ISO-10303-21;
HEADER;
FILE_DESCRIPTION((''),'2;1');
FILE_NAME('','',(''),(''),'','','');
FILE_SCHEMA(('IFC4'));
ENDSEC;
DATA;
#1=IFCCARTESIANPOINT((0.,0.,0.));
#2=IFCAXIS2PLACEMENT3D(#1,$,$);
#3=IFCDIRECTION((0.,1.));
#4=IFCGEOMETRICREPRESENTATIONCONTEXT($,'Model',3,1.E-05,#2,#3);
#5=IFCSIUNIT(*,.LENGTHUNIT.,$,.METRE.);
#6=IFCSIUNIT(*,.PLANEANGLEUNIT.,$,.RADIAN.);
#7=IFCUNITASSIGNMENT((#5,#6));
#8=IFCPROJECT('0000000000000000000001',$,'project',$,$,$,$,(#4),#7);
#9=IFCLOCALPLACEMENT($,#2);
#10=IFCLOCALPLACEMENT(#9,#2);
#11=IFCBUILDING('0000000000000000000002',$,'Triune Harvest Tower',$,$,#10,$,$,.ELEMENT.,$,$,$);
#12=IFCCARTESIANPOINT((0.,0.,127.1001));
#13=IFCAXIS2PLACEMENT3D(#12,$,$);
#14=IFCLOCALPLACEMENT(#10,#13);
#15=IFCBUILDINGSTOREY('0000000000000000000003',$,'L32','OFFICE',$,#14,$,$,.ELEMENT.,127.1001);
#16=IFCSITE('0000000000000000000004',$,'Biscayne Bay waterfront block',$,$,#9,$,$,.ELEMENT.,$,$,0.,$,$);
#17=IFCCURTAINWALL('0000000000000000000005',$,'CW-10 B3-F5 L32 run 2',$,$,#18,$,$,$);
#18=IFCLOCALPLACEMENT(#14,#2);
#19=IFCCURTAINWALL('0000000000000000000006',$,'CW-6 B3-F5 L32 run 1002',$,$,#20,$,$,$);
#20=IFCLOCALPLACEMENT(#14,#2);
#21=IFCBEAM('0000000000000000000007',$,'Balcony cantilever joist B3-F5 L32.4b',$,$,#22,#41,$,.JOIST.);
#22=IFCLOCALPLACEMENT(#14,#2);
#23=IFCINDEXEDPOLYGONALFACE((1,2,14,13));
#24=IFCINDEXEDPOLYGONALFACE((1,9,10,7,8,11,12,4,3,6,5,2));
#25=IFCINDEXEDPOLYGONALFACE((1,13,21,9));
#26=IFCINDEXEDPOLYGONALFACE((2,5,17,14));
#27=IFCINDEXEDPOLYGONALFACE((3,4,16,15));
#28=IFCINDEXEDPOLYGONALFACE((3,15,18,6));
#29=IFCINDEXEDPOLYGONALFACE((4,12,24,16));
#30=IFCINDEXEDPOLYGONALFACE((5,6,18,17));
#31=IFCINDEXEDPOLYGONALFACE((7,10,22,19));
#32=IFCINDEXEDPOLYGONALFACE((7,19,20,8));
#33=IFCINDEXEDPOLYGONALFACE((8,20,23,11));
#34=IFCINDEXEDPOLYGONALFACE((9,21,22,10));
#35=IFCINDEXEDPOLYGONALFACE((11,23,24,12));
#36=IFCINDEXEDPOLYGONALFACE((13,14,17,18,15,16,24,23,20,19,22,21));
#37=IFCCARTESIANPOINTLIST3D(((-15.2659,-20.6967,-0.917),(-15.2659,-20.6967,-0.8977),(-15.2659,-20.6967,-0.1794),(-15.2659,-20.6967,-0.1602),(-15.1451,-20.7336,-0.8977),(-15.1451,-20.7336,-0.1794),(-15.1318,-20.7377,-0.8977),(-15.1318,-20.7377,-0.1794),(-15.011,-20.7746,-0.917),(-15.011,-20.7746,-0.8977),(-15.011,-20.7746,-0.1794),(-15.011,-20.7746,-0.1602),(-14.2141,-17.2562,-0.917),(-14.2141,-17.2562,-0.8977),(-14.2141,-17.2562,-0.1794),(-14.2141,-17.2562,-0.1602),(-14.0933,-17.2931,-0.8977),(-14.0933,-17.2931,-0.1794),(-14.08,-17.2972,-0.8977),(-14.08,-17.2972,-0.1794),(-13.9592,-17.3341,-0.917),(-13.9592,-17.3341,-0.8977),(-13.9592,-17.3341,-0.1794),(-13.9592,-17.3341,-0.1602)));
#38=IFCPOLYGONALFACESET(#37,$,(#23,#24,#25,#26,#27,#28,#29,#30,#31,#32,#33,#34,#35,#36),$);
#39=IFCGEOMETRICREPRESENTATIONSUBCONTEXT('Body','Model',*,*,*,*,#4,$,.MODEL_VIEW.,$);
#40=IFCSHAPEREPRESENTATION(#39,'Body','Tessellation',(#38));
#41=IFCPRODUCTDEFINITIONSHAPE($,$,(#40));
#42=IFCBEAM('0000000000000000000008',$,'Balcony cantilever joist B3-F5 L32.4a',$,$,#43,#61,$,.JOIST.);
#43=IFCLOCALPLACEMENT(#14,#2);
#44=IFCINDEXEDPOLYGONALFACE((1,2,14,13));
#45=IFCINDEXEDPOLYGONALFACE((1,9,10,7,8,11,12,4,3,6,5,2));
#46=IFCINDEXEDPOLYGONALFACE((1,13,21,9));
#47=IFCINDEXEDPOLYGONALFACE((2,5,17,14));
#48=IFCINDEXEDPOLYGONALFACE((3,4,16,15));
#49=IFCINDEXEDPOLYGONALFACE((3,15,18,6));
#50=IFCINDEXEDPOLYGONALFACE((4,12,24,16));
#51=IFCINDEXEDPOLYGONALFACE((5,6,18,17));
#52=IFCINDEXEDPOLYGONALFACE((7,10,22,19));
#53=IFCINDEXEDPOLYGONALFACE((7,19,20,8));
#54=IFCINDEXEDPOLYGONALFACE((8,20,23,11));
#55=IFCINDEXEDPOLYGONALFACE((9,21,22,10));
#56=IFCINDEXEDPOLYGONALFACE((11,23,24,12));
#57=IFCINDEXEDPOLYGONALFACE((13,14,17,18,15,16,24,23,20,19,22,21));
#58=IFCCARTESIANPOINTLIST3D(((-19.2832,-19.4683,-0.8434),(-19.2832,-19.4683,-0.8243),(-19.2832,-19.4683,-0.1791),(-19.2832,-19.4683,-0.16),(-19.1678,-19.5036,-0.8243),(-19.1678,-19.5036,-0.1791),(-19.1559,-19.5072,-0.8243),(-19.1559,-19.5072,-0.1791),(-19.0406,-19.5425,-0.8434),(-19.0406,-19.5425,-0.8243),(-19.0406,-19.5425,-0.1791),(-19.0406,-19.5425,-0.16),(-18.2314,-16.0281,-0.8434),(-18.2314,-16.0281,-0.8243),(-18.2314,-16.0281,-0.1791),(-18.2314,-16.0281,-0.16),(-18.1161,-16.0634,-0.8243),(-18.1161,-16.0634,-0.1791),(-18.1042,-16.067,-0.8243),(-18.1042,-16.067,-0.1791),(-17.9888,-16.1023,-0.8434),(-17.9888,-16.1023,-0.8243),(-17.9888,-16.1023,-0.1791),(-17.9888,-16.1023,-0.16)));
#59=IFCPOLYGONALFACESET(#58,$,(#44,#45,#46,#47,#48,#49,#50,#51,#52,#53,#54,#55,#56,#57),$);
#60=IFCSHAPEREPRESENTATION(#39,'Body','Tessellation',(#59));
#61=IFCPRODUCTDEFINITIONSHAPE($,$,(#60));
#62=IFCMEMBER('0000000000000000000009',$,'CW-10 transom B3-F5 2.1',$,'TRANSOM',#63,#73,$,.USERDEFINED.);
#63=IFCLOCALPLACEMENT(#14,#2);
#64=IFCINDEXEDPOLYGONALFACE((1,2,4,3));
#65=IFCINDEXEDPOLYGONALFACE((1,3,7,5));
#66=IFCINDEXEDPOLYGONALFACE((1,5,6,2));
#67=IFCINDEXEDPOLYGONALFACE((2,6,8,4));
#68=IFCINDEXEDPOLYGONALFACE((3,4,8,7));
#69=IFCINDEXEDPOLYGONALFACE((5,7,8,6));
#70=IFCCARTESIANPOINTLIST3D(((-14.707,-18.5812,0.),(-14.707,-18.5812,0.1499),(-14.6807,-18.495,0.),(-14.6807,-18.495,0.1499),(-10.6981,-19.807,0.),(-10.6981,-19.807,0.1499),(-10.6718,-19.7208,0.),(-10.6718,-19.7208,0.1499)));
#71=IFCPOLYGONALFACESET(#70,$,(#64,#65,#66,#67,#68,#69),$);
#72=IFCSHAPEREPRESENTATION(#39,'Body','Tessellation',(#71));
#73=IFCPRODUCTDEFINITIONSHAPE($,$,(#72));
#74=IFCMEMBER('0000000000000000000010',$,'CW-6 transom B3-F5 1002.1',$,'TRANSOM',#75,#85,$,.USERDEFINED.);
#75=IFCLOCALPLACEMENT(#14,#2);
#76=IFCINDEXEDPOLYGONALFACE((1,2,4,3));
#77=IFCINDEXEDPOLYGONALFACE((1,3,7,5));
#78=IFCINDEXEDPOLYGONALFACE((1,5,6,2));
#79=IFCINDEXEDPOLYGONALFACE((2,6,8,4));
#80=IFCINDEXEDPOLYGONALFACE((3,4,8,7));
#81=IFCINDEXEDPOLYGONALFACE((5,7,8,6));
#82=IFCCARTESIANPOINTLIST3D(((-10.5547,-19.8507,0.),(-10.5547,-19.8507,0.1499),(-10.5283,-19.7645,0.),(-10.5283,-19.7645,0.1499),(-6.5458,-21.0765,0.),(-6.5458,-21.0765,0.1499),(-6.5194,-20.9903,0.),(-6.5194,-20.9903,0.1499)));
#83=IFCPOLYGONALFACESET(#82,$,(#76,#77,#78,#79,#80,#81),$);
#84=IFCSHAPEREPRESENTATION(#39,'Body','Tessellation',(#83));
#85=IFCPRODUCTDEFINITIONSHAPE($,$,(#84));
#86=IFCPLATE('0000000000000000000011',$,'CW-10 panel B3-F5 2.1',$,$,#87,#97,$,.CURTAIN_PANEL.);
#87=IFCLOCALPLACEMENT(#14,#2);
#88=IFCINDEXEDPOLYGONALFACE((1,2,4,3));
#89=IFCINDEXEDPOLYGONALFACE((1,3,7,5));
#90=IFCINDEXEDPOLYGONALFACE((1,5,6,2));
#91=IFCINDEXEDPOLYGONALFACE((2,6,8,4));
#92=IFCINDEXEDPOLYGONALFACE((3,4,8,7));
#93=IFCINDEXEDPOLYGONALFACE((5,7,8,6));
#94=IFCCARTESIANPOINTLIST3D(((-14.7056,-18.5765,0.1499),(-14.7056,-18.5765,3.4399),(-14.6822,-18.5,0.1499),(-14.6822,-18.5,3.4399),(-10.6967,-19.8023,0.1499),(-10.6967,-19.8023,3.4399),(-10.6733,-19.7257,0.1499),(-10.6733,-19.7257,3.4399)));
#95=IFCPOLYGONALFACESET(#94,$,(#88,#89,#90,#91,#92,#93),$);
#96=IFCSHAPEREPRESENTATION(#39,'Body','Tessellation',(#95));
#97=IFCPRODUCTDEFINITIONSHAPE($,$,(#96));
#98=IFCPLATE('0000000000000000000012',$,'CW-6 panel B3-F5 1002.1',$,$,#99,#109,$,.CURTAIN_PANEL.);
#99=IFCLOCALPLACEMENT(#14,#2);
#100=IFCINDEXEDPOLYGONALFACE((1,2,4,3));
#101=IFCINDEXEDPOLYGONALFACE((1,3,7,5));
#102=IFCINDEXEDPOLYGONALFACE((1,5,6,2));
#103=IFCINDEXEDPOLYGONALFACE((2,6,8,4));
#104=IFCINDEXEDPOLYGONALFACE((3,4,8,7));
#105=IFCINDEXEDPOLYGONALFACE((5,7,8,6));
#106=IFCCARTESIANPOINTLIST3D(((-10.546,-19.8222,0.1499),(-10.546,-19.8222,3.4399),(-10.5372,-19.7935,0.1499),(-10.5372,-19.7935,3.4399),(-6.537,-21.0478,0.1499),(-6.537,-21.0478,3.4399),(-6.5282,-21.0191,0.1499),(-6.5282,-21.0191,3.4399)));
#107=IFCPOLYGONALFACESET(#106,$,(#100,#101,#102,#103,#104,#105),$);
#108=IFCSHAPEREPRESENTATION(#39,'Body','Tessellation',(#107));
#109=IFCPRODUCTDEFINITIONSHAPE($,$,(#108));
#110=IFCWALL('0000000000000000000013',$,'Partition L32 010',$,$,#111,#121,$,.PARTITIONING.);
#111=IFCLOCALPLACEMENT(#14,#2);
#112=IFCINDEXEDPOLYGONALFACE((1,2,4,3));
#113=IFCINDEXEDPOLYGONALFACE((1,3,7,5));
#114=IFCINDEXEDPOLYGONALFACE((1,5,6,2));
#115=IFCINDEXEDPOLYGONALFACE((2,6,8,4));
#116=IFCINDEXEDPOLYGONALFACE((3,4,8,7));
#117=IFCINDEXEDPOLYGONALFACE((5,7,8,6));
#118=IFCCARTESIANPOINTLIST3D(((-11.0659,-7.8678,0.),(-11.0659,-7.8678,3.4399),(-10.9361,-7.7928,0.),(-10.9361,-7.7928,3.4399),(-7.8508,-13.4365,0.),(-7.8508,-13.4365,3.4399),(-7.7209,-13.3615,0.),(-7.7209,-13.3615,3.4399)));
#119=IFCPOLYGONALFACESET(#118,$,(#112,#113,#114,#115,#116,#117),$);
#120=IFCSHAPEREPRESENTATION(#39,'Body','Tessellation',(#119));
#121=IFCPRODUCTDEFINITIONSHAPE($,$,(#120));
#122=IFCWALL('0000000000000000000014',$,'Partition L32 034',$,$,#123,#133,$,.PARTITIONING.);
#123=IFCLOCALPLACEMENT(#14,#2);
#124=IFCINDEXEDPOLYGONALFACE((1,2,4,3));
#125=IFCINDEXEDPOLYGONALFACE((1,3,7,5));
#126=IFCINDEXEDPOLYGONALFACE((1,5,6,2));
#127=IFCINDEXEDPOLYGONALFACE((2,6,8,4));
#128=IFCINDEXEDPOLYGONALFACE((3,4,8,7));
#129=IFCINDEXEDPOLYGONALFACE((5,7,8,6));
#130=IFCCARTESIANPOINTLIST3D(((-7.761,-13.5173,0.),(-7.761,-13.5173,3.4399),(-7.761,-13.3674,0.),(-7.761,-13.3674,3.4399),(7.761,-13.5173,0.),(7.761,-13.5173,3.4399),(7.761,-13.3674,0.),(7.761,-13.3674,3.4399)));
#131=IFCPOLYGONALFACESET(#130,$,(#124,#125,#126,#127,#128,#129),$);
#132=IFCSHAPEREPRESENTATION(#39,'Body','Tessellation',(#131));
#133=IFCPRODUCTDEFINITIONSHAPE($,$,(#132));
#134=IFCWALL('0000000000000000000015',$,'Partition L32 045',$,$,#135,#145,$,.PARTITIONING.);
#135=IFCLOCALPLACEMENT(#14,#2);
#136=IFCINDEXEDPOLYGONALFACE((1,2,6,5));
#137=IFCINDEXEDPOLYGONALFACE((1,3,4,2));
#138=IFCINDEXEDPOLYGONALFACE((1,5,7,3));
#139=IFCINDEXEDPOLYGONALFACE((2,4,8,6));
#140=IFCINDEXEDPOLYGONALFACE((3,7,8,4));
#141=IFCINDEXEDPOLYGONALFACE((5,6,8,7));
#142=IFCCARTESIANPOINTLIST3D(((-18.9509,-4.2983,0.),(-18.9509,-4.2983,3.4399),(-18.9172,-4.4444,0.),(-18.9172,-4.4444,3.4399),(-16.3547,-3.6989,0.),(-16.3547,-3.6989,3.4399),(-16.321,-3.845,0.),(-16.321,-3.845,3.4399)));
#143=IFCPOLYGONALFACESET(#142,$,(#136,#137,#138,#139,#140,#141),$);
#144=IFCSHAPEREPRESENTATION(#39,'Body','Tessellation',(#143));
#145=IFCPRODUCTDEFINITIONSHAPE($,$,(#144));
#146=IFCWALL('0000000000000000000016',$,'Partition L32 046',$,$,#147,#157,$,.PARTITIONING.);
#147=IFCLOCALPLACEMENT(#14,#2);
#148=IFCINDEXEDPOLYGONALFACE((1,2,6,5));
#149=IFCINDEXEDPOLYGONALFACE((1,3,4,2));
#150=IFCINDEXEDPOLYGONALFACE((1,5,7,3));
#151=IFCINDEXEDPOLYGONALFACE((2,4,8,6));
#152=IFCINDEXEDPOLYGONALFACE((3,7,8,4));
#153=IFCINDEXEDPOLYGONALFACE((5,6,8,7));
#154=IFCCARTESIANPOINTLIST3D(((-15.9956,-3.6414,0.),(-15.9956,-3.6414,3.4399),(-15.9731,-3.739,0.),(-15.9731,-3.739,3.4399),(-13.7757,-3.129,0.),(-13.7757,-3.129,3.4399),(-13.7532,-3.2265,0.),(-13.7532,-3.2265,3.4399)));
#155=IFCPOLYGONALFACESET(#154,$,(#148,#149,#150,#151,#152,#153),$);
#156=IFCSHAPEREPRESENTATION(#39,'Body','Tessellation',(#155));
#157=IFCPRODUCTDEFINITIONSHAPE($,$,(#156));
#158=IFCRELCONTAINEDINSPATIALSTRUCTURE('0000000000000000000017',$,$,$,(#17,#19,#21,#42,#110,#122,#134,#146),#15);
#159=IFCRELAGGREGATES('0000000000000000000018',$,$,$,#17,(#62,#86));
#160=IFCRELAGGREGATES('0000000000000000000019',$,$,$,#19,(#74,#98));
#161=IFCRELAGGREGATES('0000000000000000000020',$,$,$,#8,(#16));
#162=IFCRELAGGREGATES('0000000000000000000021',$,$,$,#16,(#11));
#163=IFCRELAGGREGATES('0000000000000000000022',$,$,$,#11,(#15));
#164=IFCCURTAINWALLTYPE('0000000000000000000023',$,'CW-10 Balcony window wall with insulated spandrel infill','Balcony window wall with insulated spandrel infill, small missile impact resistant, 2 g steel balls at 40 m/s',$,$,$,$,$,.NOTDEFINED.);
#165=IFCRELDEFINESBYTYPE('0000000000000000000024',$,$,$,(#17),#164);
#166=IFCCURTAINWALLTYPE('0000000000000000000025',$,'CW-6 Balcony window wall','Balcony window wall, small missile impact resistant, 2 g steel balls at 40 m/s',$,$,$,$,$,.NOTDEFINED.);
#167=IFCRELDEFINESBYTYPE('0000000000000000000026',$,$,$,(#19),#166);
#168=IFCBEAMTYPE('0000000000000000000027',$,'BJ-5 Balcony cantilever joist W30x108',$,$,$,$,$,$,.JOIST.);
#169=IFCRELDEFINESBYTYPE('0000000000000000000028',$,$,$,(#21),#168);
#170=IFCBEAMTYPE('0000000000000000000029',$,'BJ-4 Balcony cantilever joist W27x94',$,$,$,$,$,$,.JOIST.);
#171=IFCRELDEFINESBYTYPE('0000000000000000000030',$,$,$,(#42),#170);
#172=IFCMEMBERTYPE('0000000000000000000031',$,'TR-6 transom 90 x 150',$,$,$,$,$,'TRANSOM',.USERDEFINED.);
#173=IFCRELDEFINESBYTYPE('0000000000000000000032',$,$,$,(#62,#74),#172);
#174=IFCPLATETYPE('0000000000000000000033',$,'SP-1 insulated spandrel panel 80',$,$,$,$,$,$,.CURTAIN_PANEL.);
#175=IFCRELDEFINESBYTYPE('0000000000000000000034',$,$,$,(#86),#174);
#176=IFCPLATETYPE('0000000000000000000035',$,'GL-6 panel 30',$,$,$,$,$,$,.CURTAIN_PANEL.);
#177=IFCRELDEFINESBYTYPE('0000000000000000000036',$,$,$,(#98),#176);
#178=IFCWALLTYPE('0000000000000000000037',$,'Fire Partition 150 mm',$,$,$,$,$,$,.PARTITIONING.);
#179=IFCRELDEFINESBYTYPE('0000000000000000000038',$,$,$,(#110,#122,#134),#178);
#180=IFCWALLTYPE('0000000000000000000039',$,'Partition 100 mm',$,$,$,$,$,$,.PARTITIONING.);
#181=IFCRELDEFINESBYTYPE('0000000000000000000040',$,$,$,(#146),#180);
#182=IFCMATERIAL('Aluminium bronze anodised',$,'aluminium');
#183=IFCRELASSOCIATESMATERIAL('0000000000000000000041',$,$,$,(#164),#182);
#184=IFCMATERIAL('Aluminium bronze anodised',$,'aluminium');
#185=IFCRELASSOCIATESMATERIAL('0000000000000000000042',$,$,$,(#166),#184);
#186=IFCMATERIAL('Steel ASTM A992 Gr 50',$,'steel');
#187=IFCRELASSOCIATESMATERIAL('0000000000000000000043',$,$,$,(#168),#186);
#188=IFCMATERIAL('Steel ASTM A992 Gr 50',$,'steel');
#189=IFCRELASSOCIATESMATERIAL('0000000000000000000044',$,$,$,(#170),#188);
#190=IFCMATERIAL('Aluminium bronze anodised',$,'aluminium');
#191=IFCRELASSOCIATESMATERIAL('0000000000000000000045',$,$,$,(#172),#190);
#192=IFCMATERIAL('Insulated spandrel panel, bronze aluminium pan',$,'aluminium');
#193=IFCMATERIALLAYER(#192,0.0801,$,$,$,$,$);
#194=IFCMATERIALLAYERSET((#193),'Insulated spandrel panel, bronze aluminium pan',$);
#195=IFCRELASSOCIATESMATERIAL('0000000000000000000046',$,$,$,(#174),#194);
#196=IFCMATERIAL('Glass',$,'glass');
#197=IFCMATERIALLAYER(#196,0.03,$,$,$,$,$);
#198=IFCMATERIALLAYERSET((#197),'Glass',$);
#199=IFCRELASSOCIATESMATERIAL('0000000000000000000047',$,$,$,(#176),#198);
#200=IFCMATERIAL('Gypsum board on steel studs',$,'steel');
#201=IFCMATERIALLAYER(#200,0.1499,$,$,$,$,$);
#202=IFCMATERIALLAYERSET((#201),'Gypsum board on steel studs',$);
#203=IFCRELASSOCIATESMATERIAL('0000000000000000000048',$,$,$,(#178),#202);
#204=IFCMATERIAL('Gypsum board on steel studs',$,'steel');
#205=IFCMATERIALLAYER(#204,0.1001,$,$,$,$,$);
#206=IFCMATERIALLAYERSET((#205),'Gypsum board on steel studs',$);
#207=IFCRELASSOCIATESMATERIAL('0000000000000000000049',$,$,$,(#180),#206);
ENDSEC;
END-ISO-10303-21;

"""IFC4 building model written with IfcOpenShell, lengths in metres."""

from ifc_helpers import new_model, si_unit, direction, frame, frame_2d, origin, origin_2d, place, context, subcontext, project, spatial, rectangle, i_section, extrude, source, transform, mapped, material, layer, layer_set, material_profile, profile_set, type_object, element, aggregate, save


model = new_model("IFC4")

# Units and contexts
model_context = context("Model", 3, precision=1e-05, world=origin(), true_north=direction((0.0, 1.0)))
body_context = subcontext(model_context, "Body", "Model", "MODEL_VIEW")
ifc_project = project(units=[si_unit("LENGTHUNIT", "METRE"), si_unit("PLANEANGLEUNIT", "RADIAN")], contexts=[model_context])

# Site, building, storey
site_placement = place(None, origin())
site = spatial("IfcSite", under=ifc_project, at=site_placement, Name="Biscayne Bay waterfront block", CompositionType="ELEMENT", RefElevation=0.0)
building_placement = place(site_placement, origin())
building = spatial("IfcBuilding", under=site, at=building_placement, Name="Triune Harvest Tower", CompositionType="ELEMENT")
storey_placement = place(building_placement, frame((0.0, 0.0, 127.1001)))
storey = spatial("IfcBuildingStorey", under=building, at=storey_placement, Name="L32", Description="OFFICE", CompositionType="ELEMENT", Elevation=127.1001)

# Shared definitions
ifc_material_1 = material(Name="Aluminium bronze anodised", Category="aluminium")
curtain_wall_type_1 = type_object("IfcCurtainWallType", Name="CW-10 Balcony window wall with insulated spandrel infill", Description="Balcony window wall with insulated spandrel infill, small missile impact resistant, 2 g steel balls at 40 m/s", PredefinedType="NOTDEFINED", material=ifc_material_1)

# Curtain wall
curtain_wall_1_placement = place(storey_placement, origin())
curtain_wall_1 = element("IfcCurtainWall", 1, at=curtain_wall_1_placement, inside=storey, type_object=curtain_wall_type_1, Name="CW-10 B3-F5 L32 run 2")

# Curtain wall
ifc_material_2 = material(Name="Aluminium bronze anodised", Category="aluminium")
curtain_wall_type_2 = type_object("IfcCurtainWallType", Name="CW-6 Balcony window wall", Description="Balcony window wall, small missile impact resistant, 2 g steel balls at 40 m/s", PredefinedType="NOTDEFINED", material=ifc_material_2)
curtain_wall_2_placement = place(storey_placement, origin())
curtain_wall_2 = element("IfcCurtainWall", 2, at=curtain_wall_2_placement, inside=storey, type_object=curtain_wall_type_2, Name="CW-6 B3-F5 L32 run 1002")

# Beams
ifc_material_3 = material(Name="Steel ASTM A992 Gr 50", Category="steel")
ifc_material_profile_1 = material_profile(ifc_material_3, i_section(OverallWidth=0.2666, OverallDepth=0.7568, WebThickness=0.0139, FlangeThickness=0.0193, at=origin_2d()), Name="W30x108")
ifc_profile_set_1 = profile_set([ifc_material_profile_1], Name="Steel ASTM A992 Gr 50")
beam_type_1 = type_object("IfcBeamType", Name="BJ-5 Balcony cantilever joist W30x108", PredefinedType="JOIST", material=ifc_profile_set_1)
shared_shape_1 = source(origin(), body_context, "Body", "SweptSolid", [
    extrude(i_section(OverallWidth=0.2666, OverallDepth=0.7568, WebThickness=0.0139, FlangeThickness=0.0193, at=origin_2d()), origin(), (0.0, 0.0, 1.0), 3.5977),
])
beam_1_placement = place(storey_placement, frame((-14.0867, -17.2952, -0.5386), z_axis=(-0.29235, -0.956312, 0.0), x_axis=(0.956312, -0.29235, 0.0)))
element("IfcBeam", 3, at=beam_1_placement, inside=storey, type_object=beam_type_1, Name="Balcony cantilever joist B3-F5 L32.4b", PredefinedType="JOIST", context=body_context, shape_type="MappedRepresentation", body=[
    mapped(shared_shape_1, transform((0.0, 0.0, 0.0), scale=1.0)),
])
ifc_material_4 = material(Name="Steel ASTM A992 Gr 50", Category="steel")
ifc_material_profile_2 = material_profile(ifc_material_4, i_section(OverallWidth=0.2537, OverallDepth=0.6833, WebThickness=0.0125, FlangeThickness=0.019, at=origin_2d()), Name="W27x94")
ifc_profile_set_2 = profile_set([ifc_material_profile_2], Name="Steel ASTM A992 Gr 50")
beam_type_2 = type_object("IfcBeamType", Name="BJ-4 Balcony cantilever joist W27x94", PredefinedType="JOIST", material=ifc_profile_set_2)
shared_shape_2 = source(origin(), body_context, "Body", "SweptSolid", [
    extrude(i_section(OverallWidth=0.2537, OverallDepth=0.6833, WebThickness=0.0125, FlangeThickness=0.019, at=origin_2d()), origin(), (0.0, 0.0, 1.0), 3.5974),
])
beam_2_placement = place(storey_placement, frame((-18.1101, -16.0652, -0.5017), z_axis=(-0.292369, -0.956306, 0.0), x_axis=(0.956306, -0.292369, 0.0)))
element("IfcBeam", 4, at=beam_2_placement, inside=storey, type_object=beam_type_2, Name="Balcony cantilever joist B3-F5 L32.4a", PredefinedType="JOIST", context=body_context, shape_type="MappedRepresentation", body=[
    mapped(shared_shape_2, transform((0.0, 0.0, 0.0), scale=1.0)),
])

# Members
ifc_material_5 = material(Name="Aluminium bronze anodised", Category="aluminium")
ifc_material_profile_3 = material_profile(ifc_material_5, rectangle(XDim=0.0901, YDim=0.1499, at=origin_2d()), Name="TR-6 transom 90 x 150")
ifc_profile_set_3 = profile_set([ifc_material_profile_3], Name="Aluminium bronze anodised")
member_type_1 = type_object("IfcMemberType", Name="TR-6 transom 90 x 150", ElementType="TRANSOM", PredefinedType="USERDEFINED", material=ifc_profile_set_3)
shared_shape_3 = source(origin(), body_context, "Body", "SweptSolid", [
    extrude(rectangle(XDim=0.0901, YDim=0.1499, at=origin_2d()), origin(), (0.0, 0.0, 1.0), 4.1921),
])
member_1_placement = place(storey_placement, frame((-14.6938, -18.5381, 0.075), z_axis=(0.956295, -0.292403, 0.0), x_axis=(0.292403, 0.956295, 0.0)))
member_1 = element("IfcMember", 5, at=member_1_placement, type_object=member_type_1, Name="CW-10 transom B3-F5 2.1", ObjectType="TRANSOM", PredefinedType="USERDEFINED", context=body_context, shape_type="MappedRepresentation", body=[
    mapped(shared_shape_3, transform((0.0, 0.0, 0.0), scale=1.0)),
])
member_2_placement = place(storey_placement, frame((-10.5415, -19.8076, 0.075), z_axis=(0.956295, -0.292403, 0.0), x_axis=(0.292403, 0.956295, 0.0)))
member_2 = element("IfcMember", 6, at=member_2_placement, type_object=member_type_1, Name="CW-6 transom B3-F5 1002.1", ObjectType="TRANSOM", PredefinedType="USERDEFINED", context=body_context, shape_type="MappedRepresentation", body=[
    mapped(shared_shape_3, transform((0.0, 0.0, 0.0), scale=1.0)),
])

# Plates
ifc_material_6 = material(Name="Insulated spandrel panel, bronze aluminium pan", Category="aluminium")
ifc_layer_1 = layer(ifc_material_6, 0.0801)
ifc_layer_set_1 = layer_set([ifc_layer_1], Name="Insulated spandrel panel, bronze aluminium pan")
plate_type_1 = type_object("IfcPlateType", Name="SP-1 insulated spandrel panel 80", PredefinedType="CURTAIN_PANEL", material=ifc_layer_set_1)
shared_shape_4 = source(origin(), body_context, "Body", "SweptSolid", [
    extrude(rectangle(XDim=4.1921, YDim=0.0801, at=origin_2d()), origin(), (0.0, 0.0, 1.0), 3.29),
])
plate_1_placement = place(storey_placement, frame((-12.6895, -19.1511, 0.1499), z_axis=(0.0, 0.0, 1.0), x_axis=(0.9563, -0.292387, 0.0)))
plate_1 = element("IfcPlate", 7, at=plate_1_placement, type_object=plate_type_1, Name="CW-10 panel B3-F5 2.1", PredefinedType="CURTAIN_PANEL", context=body_context, shape_type="MappedRepresentation", body=[
    mapped(shared_shape_4, transform((0.0, 0.0, 0.0), scale=1.0)),
])
aggregate(curtain_wall_1, [member_1, plate_1])
ifc_material_7 = material(Name="Glass", Category="glass")
ifc_layer_2 = layer(ifc_material_7, 0.03)
ifc_layer_set_2 = layer_set([ifc_layer_2], Name="Glass")
plate_type_2 = type_object("IfcPlateType", Name="GL-6 panel 30", PredefinedType="CURTAIN_PANEL", material=ifc_layer_set_2)
shared_shape_5 = source(origin(), body_context, "Body", "SweptSolid", [
    extrude(rectangle(XDim=4.1921, YDim=0.03, at=origin_2d()), origin(), (0.0, 0.0, 1.0), 3.29),
])
plate_2_placement = place(storey_placement, frame((-8.5371, -20.4207, 0.1499), z_axis=(0.0, 0.0, 1.0), x_axis=(0.956306, -0.292368, 0.0)))
plate_2 = element("IfcPlate", 8, at=plate_2_placement, type_object=plate_type_2, Name="CW-6 panel B3-F5 1002.1", PredefinedType="CURTAIN_PANEL", context=body_context, shape_type="MappedRepresentation", body=[
    mapped(shared_shape_5, transform((0.0, 0.0, 0.0), scale=1.0)),
])
aggregate(curtain_wall_2, [member_2, plate_2])

# Walls
ifc_material_8 = material(Name="Gypsum board on steel studs", Category="steel")
ifc_layer_3 = layer(ifc_material_8, 0.1499)
ifc_layer_set_3 = layer_set([ifc_layer_3], Name="Gypsum board on steel studs")
wall_type_1 = type_object("IfcWallType", Name="Fire Partition 150 mm", PredefinedType="PARTITIONING", material=ifc_layer_set_3)
wall_1_placement = place(storey_placement, frame((-11.001, -7.8303, 0.0), z_axis=(0.0, 0.0, 1.0), x_axis=(0.500006, -0.866022, 0.0)))
element("IfcWall", 9, at=wall_1_placement, inside=storey, type_object=wall_type_1, Name="Partition L32 010", PredefinedType="PARTITIONING", context=body_context, shape_type="SweptSolid", body=[
    extrude(rectangle(XDim=6.4302, YDim=0.1499, at=frame_2d((3.2151, 0.0))), origin(), (0.0, 0.0, 1.0), 3.4399),
])
wall_2_placement = place(storey_placement, frame((-7.761, -13.4424, 0.0), z_axis=(0.0, 0.0, 1.0), x_axis=(1.0, 0.0, 0.0)))
element("IfcWall", 10, at=wall_2_placement, inside=storey, type_object=wall_type_1, Name="Partition L32 034", PredefinedType="PARTITIONING", context=body_context, shape_type="SweptSolid", body=[
    extrude(rectangle(XDim=15.522, YDim=0.1499, at=frame_2d((7.761, 0.0))), origin(), (0.0, 0.0, 1.0), 3.4399),
])
wall_3_placement = place(storey_placement, frame((-18.9341, -4.3713, 0.0), z_axis=(0.0, 0.0, 1.0), x_axis=(0.974371, 0.224947, 0.0)))
element("IfcWall", 11, at=wall_3_placement, inside=storey, type_object=wall_type_1, Name="Partition L32 045", PredefinedType="PARTITIONING", context=body_context, shape_type="SweptSolid", body=[
    extrude(rectangle(XDim=2.6646, YDim=0.1499, at=frame_2d((1.3323, 0.0))), origin(), (0.0, 0.0, 1.0), 3.4399),
])
ifc_material_9 = material(Name="Gypsum board on steel studs", Category="steel")
ifc_layer_4 = layer(ifc_material_9, 0.1001)
ifc_layer_set_4 = layer_set([ifc_layer_4], Name="Gypsum board on steel studs")
wall_type_2 = type_object("IfcWallType", Name="Partition 100 mm", PredefinedType="PARTITIONING", material=ifc_layer_set_4)
wall_4_placement = place(storey_placement, frame((-15.9844, -3.6902, 0.0), z_axis=(0.0, 0.0, 1.0), x_axis=(0.974377, 0.224922, 0.0)))
element("IfcWall", 12, at=wall_4_placement, inside=storey, type_object=wall_type_2, Name="Partition L32 046", PredefinedType="PARTITIONING", context=body_context, shape_type="SweptSolid", body=[
    extrude(rectangle(XDim=2.2783, YDim=0.1001, at=frame_2d((1.1392, 0.0))), origin(), (0.0, 0.0, 1.0), 3.4399),
])

save(model, "model.ifc")
